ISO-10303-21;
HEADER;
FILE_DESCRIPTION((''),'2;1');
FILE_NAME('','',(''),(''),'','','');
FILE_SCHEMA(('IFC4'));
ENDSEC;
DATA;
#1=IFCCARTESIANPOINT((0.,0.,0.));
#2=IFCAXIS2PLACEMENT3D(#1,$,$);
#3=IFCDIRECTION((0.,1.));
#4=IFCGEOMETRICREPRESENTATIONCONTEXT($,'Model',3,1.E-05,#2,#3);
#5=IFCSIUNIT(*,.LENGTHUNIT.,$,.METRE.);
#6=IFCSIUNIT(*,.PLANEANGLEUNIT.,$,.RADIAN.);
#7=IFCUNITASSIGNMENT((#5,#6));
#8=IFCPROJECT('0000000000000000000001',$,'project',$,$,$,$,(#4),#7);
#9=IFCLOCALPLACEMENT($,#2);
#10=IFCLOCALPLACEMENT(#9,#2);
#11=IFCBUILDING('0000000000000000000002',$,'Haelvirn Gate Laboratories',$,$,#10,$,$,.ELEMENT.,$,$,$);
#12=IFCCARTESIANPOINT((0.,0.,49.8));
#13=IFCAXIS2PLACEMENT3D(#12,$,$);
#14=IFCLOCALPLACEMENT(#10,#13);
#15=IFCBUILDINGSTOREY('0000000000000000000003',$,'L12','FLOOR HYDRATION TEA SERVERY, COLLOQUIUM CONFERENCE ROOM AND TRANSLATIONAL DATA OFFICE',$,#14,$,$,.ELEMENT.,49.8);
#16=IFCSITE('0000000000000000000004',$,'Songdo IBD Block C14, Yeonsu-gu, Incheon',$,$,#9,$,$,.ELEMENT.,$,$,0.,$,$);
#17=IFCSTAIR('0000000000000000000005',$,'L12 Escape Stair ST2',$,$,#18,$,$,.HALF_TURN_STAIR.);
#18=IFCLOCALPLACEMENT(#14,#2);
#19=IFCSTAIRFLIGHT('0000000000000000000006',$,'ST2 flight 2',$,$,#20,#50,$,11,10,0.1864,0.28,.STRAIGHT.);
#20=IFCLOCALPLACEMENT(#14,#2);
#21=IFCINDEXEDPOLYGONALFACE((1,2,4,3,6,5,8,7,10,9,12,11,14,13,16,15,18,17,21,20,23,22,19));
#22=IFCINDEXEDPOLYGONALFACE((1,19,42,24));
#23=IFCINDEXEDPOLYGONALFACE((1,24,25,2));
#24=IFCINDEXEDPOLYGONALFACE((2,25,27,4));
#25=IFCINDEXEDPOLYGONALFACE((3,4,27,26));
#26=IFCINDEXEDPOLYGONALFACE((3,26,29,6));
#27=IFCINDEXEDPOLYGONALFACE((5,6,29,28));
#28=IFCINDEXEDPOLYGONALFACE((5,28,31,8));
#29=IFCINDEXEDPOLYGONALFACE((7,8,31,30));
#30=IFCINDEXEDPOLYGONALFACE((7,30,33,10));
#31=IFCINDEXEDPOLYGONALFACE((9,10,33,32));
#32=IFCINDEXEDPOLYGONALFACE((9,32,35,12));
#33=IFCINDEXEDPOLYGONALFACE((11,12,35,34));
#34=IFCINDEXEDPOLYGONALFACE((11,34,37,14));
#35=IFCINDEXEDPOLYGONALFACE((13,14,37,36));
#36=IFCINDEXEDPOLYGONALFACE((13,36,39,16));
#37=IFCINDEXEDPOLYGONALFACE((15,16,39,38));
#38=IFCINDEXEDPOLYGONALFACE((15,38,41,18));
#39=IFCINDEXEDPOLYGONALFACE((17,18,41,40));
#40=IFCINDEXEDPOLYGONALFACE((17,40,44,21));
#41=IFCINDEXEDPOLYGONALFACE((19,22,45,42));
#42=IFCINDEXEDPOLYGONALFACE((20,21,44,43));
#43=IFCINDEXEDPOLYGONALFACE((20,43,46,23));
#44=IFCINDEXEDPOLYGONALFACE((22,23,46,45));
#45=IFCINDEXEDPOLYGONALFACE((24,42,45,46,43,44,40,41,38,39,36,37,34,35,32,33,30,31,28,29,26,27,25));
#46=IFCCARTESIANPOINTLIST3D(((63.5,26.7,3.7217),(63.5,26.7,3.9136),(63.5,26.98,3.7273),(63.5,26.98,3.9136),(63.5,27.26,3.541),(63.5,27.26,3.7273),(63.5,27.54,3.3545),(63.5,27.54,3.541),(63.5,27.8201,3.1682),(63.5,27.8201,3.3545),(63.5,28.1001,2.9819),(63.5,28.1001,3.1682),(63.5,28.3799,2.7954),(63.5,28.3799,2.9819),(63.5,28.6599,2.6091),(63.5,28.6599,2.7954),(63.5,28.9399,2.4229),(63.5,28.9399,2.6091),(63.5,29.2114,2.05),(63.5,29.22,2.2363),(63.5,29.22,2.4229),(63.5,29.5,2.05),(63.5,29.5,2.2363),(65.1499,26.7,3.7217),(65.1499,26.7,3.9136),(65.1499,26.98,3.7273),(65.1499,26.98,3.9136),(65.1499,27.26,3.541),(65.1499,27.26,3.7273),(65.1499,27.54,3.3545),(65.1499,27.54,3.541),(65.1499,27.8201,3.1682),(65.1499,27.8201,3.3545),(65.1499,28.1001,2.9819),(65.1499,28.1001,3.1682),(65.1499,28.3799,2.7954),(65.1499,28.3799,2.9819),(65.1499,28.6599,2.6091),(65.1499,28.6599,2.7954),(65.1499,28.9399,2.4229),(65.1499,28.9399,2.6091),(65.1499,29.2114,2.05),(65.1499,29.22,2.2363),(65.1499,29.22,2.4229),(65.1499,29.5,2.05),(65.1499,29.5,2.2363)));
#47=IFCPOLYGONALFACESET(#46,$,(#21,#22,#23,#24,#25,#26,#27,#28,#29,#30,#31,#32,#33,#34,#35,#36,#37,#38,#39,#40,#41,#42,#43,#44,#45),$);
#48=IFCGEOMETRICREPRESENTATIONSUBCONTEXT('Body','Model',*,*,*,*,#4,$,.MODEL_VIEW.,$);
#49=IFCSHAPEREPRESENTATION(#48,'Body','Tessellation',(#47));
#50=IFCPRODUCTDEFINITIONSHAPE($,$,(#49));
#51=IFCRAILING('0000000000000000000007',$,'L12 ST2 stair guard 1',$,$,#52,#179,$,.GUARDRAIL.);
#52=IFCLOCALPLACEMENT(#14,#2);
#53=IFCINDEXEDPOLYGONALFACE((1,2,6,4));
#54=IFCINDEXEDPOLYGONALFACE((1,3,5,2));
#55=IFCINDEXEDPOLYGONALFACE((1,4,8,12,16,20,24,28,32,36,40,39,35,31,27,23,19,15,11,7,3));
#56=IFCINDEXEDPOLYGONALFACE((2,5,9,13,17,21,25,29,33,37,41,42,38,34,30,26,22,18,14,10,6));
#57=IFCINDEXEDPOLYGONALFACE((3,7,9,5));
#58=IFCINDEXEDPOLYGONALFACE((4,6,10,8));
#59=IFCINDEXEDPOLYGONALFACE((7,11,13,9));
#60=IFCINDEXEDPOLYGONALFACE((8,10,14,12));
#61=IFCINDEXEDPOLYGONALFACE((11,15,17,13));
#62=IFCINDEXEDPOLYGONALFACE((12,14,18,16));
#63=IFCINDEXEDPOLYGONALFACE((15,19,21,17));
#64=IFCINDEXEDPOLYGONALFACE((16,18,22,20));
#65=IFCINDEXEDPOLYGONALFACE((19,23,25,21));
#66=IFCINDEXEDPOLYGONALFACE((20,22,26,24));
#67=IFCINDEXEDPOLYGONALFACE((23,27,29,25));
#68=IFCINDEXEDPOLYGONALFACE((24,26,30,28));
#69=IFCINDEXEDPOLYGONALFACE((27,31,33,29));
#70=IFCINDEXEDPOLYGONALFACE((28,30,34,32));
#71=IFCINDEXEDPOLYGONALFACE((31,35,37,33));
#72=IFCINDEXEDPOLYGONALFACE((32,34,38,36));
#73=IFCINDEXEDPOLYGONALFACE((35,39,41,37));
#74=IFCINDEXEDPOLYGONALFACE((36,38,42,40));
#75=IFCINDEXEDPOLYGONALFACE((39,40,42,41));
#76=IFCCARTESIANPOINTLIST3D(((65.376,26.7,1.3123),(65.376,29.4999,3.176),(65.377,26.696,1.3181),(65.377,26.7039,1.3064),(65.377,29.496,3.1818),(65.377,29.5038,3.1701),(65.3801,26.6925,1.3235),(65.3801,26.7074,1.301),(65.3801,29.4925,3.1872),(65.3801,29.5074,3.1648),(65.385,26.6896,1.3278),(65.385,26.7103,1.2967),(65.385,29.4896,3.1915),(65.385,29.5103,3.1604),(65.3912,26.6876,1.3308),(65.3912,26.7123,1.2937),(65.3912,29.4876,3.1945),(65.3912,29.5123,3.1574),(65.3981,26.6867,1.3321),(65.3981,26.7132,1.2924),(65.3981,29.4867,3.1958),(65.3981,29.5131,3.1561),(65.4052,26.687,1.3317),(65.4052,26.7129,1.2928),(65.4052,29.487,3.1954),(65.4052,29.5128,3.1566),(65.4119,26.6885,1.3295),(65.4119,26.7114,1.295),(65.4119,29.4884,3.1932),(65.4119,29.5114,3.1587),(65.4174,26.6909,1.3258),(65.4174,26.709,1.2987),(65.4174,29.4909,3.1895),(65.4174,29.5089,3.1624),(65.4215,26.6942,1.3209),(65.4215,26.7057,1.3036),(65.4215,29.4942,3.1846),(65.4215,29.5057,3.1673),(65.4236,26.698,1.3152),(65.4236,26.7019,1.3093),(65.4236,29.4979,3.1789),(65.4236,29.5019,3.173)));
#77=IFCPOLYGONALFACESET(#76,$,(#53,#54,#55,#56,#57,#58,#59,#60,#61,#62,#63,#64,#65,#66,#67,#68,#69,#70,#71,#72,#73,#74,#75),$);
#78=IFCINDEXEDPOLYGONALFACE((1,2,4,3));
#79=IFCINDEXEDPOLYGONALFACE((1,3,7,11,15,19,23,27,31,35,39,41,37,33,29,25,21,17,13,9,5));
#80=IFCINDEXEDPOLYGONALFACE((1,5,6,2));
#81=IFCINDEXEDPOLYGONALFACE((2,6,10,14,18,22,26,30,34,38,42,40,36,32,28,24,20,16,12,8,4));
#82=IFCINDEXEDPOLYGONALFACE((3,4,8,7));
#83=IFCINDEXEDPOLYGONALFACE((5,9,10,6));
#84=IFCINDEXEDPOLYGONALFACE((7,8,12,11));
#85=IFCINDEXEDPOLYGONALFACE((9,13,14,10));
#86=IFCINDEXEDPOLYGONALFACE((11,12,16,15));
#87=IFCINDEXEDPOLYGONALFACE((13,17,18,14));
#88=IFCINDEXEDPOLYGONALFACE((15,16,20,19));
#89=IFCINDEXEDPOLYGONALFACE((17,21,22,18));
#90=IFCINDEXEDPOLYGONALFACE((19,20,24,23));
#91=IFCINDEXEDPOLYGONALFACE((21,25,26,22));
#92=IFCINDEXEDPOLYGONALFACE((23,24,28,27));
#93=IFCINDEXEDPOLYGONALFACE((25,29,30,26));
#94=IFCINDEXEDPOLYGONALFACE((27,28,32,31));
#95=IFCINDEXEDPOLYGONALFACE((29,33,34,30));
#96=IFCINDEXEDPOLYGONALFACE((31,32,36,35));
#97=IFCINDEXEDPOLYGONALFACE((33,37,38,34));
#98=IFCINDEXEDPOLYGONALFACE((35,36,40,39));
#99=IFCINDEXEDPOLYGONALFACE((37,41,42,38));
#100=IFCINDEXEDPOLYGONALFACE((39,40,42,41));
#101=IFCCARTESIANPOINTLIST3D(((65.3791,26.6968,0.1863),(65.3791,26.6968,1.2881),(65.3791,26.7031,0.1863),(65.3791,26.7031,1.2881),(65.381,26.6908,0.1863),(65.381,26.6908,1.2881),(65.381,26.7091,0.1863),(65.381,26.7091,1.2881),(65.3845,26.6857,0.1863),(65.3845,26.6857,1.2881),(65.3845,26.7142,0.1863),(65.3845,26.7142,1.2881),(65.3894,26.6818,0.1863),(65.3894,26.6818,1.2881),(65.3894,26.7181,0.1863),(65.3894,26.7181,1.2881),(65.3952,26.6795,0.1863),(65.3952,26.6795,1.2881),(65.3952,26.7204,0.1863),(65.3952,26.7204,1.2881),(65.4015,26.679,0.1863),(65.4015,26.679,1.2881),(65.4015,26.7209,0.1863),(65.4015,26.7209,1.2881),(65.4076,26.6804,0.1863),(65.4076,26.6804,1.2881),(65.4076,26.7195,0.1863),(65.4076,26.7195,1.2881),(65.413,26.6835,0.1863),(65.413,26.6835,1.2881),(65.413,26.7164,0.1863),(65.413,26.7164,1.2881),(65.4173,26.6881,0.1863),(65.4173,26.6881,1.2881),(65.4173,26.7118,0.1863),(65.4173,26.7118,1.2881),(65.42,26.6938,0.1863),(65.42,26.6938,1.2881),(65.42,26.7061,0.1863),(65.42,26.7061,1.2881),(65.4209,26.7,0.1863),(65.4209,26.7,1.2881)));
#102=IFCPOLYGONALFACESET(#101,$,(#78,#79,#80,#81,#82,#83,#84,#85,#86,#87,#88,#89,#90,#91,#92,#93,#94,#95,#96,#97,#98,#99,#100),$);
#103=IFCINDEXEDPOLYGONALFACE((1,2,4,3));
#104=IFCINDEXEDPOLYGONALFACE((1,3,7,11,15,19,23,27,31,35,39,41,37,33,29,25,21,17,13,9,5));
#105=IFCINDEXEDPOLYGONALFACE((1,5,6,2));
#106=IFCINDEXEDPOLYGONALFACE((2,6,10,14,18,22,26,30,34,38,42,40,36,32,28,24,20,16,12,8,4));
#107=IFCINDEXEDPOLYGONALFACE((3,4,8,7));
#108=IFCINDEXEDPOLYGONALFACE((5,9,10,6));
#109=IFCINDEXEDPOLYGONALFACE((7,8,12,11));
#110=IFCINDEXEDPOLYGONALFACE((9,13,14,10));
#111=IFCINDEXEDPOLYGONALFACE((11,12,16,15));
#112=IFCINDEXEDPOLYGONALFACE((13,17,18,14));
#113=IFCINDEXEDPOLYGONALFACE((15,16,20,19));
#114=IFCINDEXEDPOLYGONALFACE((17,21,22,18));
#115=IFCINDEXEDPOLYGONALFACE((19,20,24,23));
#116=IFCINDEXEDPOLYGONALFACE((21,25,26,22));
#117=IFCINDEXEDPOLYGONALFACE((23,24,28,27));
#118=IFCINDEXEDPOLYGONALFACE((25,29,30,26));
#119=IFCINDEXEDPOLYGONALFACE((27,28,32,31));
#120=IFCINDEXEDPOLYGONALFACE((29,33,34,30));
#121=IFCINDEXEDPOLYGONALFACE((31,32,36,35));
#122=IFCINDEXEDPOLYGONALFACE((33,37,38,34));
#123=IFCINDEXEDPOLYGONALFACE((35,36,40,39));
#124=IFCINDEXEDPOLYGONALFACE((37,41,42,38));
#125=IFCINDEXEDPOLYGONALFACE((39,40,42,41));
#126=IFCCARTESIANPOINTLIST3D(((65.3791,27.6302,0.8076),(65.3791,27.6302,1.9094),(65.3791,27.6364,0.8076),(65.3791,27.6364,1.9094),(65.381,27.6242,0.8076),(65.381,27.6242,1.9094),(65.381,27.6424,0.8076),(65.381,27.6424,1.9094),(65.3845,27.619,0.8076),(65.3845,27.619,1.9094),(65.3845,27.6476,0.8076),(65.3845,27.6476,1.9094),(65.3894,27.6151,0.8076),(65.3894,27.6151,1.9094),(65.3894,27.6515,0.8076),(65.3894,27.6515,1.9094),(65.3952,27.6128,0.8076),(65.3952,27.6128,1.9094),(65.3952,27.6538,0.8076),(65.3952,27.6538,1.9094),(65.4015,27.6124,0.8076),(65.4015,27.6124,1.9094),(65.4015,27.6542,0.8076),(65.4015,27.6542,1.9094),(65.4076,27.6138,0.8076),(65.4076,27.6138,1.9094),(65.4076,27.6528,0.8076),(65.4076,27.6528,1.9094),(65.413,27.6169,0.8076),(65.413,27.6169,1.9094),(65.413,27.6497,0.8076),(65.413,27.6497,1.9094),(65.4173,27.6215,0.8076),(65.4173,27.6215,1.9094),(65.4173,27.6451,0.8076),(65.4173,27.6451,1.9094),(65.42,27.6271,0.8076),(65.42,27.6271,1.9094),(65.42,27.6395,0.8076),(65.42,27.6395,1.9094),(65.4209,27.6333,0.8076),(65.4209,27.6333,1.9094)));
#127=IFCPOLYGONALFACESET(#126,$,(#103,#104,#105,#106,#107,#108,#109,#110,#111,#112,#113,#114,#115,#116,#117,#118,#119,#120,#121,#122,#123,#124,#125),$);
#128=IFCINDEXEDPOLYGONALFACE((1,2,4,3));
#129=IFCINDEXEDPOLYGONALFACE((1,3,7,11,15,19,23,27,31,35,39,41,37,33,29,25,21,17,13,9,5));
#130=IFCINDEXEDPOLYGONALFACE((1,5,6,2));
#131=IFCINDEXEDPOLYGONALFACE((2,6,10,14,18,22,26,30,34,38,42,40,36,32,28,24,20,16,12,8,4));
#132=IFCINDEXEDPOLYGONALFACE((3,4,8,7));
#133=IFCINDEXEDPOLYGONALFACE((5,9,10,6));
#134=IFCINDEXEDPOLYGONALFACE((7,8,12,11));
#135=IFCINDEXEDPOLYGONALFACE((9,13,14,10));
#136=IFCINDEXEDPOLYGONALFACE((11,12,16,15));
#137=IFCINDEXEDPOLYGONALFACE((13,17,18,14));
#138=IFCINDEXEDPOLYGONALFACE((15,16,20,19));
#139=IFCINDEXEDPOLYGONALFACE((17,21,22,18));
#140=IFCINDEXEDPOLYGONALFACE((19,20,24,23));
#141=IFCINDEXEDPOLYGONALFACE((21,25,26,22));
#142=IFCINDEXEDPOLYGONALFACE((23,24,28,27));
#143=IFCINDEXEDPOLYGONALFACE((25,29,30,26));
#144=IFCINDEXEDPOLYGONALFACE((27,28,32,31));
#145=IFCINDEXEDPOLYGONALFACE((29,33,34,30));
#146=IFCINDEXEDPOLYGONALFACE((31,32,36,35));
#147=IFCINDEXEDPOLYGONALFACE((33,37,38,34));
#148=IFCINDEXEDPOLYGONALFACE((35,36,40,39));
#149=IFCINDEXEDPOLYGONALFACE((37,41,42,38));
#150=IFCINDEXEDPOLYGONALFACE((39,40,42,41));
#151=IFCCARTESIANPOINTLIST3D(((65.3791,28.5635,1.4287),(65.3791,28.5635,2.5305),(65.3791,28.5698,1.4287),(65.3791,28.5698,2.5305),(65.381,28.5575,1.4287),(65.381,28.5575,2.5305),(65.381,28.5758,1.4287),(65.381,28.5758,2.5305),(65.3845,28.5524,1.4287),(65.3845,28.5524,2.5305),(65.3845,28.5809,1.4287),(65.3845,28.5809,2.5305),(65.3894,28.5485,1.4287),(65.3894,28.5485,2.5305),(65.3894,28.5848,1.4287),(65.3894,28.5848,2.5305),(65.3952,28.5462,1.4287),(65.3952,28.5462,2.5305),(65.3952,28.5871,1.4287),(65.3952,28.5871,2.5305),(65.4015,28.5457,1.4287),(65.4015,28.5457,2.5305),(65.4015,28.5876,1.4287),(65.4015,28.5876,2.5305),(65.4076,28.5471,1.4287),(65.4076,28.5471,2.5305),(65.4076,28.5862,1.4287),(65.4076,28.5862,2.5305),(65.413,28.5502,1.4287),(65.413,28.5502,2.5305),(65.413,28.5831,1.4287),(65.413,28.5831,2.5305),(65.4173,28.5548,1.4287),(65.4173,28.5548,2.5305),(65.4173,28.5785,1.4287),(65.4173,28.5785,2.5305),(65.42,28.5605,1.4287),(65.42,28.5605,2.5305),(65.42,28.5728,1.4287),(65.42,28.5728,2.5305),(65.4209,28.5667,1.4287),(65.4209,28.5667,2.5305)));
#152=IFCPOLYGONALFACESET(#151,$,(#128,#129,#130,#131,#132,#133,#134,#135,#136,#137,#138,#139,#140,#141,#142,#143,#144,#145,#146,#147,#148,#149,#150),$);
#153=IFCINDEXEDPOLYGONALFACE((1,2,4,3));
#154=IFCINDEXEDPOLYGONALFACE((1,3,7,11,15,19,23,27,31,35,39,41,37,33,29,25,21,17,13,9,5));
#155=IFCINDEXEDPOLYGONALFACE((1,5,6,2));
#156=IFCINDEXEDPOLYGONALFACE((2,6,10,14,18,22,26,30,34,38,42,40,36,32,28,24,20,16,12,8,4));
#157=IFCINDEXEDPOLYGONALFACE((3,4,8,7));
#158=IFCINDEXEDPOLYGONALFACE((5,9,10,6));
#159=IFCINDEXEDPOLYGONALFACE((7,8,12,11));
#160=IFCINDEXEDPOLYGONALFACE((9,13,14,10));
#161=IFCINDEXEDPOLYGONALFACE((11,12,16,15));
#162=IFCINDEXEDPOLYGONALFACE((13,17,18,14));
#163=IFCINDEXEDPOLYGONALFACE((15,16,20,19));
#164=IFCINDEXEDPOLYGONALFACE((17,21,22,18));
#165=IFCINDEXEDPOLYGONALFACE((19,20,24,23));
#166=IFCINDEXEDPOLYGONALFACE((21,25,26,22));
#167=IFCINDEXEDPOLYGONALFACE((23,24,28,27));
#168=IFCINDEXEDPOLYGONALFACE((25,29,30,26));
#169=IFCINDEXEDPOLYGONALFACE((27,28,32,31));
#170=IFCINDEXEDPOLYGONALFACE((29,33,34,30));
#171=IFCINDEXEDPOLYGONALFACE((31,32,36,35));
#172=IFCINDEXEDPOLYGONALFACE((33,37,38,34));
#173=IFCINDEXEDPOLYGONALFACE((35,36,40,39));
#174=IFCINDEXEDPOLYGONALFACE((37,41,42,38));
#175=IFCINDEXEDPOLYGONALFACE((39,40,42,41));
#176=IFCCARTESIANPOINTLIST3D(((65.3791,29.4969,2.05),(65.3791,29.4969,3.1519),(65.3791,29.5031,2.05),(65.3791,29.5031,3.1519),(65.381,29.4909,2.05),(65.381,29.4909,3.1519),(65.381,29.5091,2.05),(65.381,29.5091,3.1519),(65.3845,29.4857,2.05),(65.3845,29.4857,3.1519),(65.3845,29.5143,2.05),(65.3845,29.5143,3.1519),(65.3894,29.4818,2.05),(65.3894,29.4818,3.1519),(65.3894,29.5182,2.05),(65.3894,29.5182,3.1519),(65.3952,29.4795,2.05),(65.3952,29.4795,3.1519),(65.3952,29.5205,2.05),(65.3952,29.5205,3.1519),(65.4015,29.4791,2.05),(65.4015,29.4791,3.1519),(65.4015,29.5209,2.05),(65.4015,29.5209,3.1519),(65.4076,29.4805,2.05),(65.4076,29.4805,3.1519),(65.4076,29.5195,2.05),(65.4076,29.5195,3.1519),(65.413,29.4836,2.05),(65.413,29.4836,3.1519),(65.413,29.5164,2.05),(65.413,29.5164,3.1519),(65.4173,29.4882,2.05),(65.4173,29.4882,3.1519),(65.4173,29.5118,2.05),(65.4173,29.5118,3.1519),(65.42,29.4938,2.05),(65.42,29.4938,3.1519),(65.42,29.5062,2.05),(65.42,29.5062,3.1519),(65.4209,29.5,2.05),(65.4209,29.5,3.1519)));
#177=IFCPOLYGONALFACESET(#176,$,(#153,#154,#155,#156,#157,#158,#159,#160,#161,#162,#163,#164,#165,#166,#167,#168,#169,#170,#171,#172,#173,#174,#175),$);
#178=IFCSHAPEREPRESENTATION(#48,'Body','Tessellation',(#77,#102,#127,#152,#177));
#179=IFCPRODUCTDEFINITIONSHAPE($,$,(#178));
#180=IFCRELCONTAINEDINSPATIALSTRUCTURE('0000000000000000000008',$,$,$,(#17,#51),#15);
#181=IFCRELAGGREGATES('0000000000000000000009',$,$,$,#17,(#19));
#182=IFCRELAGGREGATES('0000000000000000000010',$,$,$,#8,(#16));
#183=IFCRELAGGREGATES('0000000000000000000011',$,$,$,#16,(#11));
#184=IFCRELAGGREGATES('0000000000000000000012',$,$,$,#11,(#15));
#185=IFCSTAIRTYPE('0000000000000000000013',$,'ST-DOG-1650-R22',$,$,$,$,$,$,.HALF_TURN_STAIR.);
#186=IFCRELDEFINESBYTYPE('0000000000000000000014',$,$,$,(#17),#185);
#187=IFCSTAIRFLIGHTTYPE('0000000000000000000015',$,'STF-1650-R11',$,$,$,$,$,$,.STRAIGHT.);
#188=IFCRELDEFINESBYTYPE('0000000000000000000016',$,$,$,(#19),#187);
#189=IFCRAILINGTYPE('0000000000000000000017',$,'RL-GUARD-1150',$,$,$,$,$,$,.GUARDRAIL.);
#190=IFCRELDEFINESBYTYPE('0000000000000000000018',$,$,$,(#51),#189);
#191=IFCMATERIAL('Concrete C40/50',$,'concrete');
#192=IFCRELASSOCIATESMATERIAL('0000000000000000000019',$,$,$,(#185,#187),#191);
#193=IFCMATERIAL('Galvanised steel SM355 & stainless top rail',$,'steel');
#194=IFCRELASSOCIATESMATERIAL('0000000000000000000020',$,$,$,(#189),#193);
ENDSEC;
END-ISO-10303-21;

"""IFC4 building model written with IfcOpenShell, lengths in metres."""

from ifc_helpers import new_model, si_unit, direction, frame, origin, origin_2d, place, context, subcontext, project, spatial, polyline, circle, outline, extrude, source, transform, mapped, material, type_object, type_shapes, element, aggregate, save


model = new_model("IFC4")

# Units and contexts
model_context = context("Model", 3, precision=1e-05, world=origin(), true_north=direction((0.0, 1.0)))
body_context = subcontext(model_context, "Body", "Model", "MODEL_VIEW")
ifc_project = project(units=[si_unit("LENGTHUNIT", "METRE"), si_unit("PLANEANGLEUNIT", "RADIAN")], contexts=[model_context])

# Site, building, storey
site_placement = place(None, origin())
site = spatial("IfcSite", under=ifc_project, at=site_placement, Name="Songdo IBD Block C14, Yeonsu-gu, Incheon", CompositionType="ELEMENT", RefElevation=0.0)
building_placement = place(site_placement, origin())
building = spatial("IfcBuilding", under=site, at=building_placement, Name="Haelvirn Gate Laboratories", CompositionType="ELEMENT")
storey_placement = place(building_placement, frame((0.0, 0.0, 49.8)))
storey = spatial("IfcBuildingStorey", under=building, at=storey_placement, Name="L12", Description="FLOOR HYDRATION TEA SERVERY, COLLOQUIUM CONFERENCE ROOM AND TRANSLATIONAL DATA OFFICE", CompositionType="ELEMENT", Elevation=49.8)

# Shared definitions
ifc_material_1 = material(Name="Concrete C40/50", Category="concrete")

# Stair, stair flight
stair_type = type_object("IfcStairType", Name="ST-DOG-1650-R22", PredefinedType="HALF_TURN_STAIR", material=ifc_material_1)
stair_placement = place(storey_placement, origin())
stair = element("IfcStair", 1, at=stair_placement, inside=storey, type_object=stair_type, Name="L12 Escape Stair ST2", PredefinedType="HALF_TURN_STAIR")
stair_flight_type = type_object("IfcStairFlightType", Name="STF-1650-R11", PredefinedType="STRAIGHT", material=ifc_material_1)
shared_shape_1 = source(origin(), body_context, "Body", "SweptSolid", [
    extrude(outline(polyline([(0.0, 0.0), (0.0, 0.1863), (0.28, 0.1863), (0.28, 0.3728), (0.5601, 0.3728), (0.5601, 0.5591), (0.8401, 0.5591), (0.8401, 0.7454), (1.1201, 0.7454), (1.1201, 0.9319), (1.3999, 0.9319), (1.3999, 1.1182), (1.6799, 1.1182), (1.6799, 1.3044), (1.96, 1.3044), (1.96, 1.491), (2.24, 1.491), (2.24, 1.6772), (2.52, 1.6772), (2.52, 1.8635), (2.8, 1.8635), (2.8, 2.05), (2.8, 1.6716), (0.2886, 0.0), (0.0, 0.0)])), frame((0.0, 0.825, 0.0), z_axis=(0.0, -1.0, 0.0), x_axis=(1.0, 0.0, 0.0)), (0.0, 0.0, 1.0), 1.6499),
])
type_shapes(stair_flight_type, [shared_shape_1])
stair_flight_1_placement = place(storey_placement, frame((64.325, 29.5, 2.05), z_axis=(0.0, 0.0, 1.0), x_axis=(0.0, -1.0, 0.0)))
stair_flight_1 = element("IfcStairFlight", 2, at=stair_flight_1_placement, type_object=stair_flight_type, Name="ST2 flight 2", NumberOfRisers=11, NumberOfTreads=10, PredefinedType="STRAIGHT", RiserHeight=0.1864, TreadLength=0.28, context=body_context, shape_type="MappedRepresentation", body=[
    mapped(shared_shape_1, transform((0.0, 0.0, 0.0), scale=1.0)),
])
aggregate(stair, [stair_flight_1])

# Railing
ifc_material_2 = material(Name="Galvanised steel SM355 & stainless top rail", Category="steel")
railing_type_1 = type_object("IfcRailingType", Name="RL-GUARD-1150", PredefinedType="GUARDRAIL", material=ifc_material_2)
shared_shape_2 = source(origin(), body_context, "Body", "SweptSolid", [
    extrude(circle(Radius=0.0239, at=origin_2d()), frame((0.0, 0.0, 1.126), z_axis=(0.0, 0.832452, 0.554097), x_axis=(-1.0, 0.0, 0.0)), (0.0, 0.0, 1.0), 3.3635),
    extrude(circle(Radius=0.021, at=origin_2d()), origin(), (0.0, 0.0, 1.0), 1.1018),
    extrude(circle(Radius=0.021, at=origin_2d()), frame((0.0, 0.9333, 0.6213)), (0.0, 0.0, 1.0), 1.1018),
    extrude(circle(Radius=0.021, at=origin_2d()), frame((0.0, 1.8667, 1.2424)), (0.0, 0.0, 1.0), 1.1018),
    extrude(circle(Radius=0.021, at=origin_2d()), frame((0.0, 2.8, 1.8638)), (0.0, 0.0, 1.0), 1.1018),
])
railing_1_placement = place(storey_placement, frame((65.3999, 26.7, 0.1863)))
element("IfcRailing", 3, at=railing_1_placement, inside=storey, type_object=railing_type_1, Name="L12 ST2 stair guard 1", PredefinedType="GUARDRAIL", context=body_context, shape_type="MappedRepresentation", body=[
    mapped(shared_shape_2, transform((0.0, 0.0, 0.0), scale=1.0)),
])

save(model, "model.ifc")
